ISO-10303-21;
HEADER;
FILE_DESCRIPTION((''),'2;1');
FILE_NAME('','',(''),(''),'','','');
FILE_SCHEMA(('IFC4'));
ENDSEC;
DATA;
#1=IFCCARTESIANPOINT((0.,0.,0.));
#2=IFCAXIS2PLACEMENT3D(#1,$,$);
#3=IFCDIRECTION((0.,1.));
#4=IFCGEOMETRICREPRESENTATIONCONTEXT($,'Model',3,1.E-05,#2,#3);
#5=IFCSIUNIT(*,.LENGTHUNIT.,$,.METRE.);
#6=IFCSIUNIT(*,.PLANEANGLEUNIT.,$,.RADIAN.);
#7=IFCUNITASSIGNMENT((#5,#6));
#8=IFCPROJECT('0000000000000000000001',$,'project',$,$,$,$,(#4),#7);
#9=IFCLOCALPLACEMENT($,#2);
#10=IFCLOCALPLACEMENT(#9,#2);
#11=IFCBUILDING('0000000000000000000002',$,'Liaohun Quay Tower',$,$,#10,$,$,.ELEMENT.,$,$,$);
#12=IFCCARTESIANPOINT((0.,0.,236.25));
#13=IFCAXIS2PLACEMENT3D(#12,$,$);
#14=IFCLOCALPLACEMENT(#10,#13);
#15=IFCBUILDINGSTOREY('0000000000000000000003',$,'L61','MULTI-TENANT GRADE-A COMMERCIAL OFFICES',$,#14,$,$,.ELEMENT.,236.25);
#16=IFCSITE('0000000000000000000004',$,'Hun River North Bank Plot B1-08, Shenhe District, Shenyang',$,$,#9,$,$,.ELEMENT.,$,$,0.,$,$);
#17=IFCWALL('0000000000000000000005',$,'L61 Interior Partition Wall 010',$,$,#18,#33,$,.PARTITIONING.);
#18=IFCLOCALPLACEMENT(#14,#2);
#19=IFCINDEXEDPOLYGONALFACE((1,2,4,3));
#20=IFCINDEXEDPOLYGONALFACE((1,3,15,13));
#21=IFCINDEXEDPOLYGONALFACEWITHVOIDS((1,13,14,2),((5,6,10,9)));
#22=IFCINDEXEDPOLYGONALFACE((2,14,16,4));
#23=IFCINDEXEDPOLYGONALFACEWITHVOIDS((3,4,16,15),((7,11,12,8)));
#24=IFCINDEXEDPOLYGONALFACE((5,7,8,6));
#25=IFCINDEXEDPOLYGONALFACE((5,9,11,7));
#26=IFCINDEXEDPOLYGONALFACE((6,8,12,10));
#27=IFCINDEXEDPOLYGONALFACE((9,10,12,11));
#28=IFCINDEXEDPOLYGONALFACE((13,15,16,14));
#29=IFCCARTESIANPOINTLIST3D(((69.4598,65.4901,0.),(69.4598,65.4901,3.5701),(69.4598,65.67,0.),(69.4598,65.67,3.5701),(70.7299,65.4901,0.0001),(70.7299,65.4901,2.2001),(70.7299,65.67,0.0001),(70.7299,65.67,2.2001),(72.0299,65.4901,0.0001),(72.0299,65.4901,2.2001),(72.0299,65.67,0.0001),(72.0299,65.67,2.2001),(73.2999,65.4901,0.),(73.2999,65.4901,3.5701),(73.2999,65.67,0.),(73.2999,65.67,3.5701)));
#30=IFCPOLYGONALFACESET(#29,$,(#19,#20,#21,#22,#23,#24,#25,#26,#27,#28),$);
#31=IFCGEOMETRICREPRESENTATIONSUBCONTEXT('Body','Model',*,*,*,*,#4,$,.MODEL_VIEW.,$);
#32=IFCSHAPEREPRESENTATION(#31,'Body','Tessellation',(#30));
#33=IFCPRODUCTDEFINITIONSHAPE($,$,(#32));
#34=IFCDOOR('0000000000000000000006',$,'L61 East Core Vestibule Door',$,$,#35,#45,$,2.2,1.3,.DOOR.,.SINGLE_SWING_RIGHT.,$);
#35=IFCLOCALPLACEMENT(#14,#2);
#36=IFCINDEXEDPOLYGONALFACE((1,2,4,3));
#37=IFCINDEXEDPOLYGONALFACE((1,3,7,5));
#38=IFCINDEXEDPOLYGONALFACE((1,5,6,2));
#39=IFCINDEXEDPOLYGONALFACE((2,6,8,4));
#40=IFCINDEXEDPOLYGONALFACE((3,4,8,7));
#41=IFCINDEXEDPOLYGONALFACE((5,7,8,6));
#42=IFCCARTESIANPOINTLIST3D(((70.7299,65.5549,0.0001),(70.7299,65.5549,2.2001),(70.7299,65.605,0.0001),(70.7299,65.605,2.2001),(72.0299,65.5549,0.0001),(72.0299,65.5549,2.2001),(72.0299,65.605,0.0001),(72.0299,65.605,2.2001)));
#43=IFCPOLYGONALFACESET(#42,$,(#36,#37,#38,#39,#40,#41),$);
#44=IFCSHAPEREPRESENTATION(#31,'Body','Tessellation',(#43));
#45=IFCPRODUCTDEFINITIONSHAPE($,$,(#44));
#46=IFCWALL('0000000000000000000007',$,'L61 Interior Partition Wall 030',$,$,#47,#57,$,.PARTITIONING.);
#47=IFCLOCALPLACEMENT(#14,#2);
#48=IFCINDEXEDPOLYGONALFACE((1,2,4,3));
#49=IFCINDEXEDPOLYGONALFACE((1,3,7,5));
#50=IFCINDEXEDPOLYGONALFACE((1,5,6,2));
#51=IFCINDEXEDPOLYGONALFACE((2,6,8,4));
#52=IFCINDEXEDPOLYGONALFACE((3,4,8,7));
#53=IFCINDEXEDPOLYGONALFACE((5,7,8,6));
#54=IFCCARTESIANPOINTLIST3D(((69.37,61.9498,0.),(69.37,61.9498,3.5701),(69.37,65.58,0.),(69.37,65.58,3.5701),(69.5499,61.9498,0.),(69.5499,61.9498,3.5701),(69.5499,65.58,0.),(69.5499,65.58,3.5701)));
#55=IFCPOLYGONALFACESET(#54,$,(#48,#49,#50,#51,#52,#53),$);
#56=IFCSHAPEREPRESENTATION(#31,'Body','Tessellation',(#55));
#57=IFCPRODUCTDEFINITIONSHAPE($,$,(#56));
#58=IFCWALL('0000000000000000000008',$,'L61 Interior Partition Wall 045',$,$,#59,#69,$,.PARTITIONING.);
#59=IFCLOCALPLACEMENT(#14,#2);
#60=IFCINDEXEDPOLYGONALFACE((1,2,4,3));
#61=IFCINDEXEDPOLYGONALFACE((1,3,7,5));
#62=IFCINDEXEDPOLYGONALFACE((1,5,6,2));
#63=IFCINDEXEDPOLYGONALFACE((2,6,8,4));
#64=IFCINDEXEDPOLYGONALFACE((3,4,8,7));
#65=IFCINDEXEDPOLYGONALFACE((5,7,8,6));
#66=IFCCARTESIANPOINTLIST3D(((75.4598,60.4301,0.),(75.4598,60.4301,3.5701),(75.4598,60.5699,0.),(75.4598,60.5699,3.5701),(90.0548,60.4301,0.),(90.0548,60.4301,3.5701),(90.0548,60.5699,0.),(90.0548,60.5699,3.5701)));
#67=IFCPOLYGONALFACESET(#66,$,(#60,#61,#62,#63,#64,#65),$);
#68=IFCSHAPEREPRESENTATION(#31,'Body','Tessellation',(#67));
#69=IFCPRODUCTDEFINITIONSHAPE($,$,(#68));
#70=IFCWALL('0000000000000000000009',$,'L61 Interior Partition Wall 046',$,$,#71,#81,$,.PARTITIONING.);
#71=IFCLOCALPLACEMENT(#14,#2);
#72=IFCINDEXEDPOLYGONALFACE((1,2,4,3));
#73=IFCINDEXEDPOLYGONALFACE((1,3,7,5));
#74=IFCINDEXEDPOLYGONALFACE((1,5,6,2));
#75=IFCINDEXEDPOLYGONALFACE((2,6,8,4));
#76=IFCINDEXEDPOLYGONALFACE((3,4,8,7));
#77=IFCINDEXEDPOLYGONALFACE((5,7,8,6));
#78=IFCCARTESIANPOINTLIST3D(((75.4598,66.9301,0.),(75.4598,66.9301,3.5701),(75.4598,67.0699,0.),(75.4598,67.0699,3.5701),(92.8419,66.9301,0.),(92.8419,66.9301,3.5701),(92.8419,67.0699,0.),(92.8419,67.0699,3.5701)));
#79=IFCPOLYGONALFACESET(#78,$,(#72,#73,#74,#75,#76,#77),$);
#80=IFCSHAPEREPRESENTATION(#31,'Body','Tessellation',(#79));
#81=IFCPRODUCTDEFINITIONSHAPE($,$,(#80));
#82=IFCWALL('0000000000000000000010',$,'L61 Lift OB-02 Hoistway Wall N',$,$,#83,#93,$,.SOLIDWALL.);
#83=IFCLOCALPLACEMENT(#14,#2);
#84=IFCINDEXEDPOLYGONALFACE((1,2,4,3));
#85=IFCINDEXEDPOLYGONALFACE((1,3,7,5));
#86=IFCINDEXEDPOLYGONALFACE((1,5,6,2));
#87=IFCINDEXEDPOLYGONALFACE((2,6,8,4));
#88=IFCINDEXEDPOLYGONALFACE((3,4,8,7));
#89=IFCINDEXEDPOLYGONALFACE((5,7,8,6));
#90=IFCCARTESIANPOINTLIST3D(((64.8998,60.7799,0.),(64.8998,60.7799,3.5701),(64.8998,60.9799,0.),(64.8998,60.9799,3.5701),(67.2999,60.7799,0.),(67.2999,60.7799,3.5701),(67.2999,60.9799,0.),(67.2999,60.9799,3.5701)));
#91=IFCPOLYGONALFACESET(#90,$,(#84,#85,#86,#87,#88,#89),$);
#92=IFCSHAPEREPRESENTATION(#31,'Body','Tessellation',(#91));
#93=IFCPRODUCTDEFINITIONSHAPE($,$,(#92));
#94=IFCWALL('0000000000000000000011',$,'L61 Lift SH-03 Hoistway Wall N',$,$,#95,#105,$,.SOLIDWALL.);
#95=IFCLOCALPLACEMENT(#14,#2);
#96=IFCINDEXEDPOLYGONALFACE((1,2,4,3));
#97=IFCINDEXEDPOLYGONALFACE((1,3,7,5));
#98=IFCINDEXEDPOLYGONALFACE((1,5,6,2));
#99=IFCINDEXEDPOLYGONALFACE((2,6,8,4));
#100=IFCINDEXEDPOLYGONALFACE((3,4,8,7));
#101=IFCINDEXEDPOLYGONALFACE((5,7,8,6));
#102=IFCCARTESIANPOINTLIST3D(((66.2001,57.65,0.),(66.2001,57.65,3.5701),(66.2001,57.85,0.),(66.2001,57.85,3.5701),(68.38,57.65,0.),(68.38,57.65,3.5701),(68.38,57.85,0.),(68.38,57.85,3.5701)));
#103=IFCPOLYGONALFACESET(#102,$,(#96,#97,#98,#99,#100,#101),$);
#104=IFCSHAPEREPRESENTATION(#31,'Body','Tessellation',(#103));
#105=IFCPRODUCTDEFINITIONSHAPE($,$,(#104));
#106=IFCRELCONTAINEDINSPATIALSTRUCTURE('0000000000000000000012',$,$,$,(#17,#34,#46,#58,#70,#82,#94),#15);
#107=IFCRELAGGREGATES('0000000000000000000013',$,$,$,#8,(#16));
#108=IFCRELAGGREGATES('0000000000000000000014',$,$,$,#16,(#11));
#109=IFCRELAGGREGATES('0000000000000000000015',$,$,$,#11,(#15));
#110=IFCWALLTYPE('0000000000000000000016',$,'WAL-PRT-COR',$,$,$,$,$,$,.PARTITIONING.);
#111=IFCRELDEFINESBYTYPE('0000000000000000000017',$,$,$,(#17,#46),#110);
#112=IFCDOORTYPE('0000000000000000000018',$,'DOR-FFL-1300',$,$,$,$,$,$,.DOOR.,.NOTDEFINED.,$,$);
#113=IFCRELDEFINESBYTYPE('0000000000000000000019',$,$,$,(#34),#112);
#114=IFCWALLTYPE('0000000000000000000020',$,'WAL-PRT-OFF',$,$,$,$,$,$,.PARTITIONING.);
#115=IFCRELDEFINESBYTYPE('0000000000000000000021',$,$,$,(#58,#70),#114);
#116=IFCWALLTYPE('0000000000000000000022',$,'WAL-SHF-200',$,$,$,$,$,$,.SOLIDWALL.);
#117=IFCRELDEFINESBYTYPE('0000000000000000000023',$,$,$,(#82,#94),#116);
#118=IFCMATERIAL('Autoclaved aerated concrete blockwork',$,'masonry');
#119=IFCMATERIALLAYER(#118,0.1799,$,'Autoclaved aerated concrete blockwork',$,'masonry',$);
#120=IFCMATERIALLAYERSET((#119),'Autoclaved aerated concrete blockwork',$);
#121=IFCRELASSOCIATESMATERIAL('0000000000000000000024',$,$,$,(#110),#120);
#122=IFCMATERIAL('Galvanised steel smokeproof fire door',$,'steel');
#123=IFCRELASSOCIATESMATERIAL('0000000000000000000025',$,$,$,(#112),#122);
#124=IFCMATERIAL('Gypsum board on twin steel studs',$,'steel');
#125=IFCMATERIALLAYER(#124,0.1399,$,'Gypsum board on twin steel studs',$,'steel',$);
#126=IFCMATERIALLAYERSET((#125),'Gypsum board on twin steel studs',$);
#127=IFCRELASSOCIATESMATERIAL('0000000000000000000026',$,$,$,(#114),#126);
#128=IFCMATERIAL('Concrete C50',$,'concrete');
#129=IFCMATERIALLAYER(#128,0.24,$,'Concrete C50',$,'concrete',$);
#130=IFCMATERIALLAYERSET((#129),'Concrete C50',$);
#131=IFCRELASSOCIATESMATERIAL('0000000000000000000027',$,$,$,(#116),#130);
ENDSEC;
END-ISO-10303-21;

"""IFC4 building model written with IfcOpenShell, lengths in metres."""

from ifc_helpers import new_model, si_unit, direction, frame, frame_2d, origin, place, context, subcontext, project, spatial, rectangle, extrude, source, transform, mapped, material, layer, layer_set, type_object, element, fill, save


model = new_model("IFC4")

# Units and contexts
model_context = context("Model", 3, precision=1e-05, world=origin(), true_north=direction((0.0, 1.0)))
body_context = subcontext(model_context, "Body", "Model", "MODEL_VIEW")
ifc_project = project(units=[si_unit("LENGTHUNIT", "METRE"), si_unit("PLANEANGLEUNIT", "RADIAN")], contexts=[model_context])

# Site, building, storey
site_placement = place(None, origin())
site = spatial("IfcSite", under=ifc_project, at=site_placement, Name="Hun River North Bank Plot B1-08, Shenhe District, Shenyang", CompositionType="ELEMENT", RefElevation=0.0)
building_placement = place(site_placement, origin())
building = spatial("IfcBuilding", under=site, at=building_placement, Name="Liaohun Quay Tower", CompositionType="ELEMENT")
storey_placement = place(building_placement, frame((0.0, 0.0, 236.25)))
storey = spatial("IfcBuildingStorey", under=building, at=storey_placement, Name="L61", Description="MULTI-TENANT GRADE-A COMMERCIAL OFFICES", CompositionType="ELEMENT", Elevation=236.25)

# Wall, opening, door
ifc_material_1 = material(Name="Autoclaved aerated concrete blockwork", Category="masonry")
ifc_layer_1 = layer(ifc_material_1, 0.1799, Name="Autoclaved aerated concrete blockwork", Category="masonry")
ifc_layer_set_1 = layer_set([ifc_layer_1], Name="Autoclaved aerated concrete blockwork")
wall_type_1 = type_object("IfcWallType", Name="WAL-PRT-COR", PredefinedType="PARTITIONING", material=ifc_layer_set_1)
wall_1_placement = place(storey_placement, frame((69.46, 65.5801, 0.0), z_axis=(0.0, 0.0, 1.0), x_axis=(1.0, 0.0, 0.0)))
wall_1 = element("IfcWall", 1, at=wall_1_placement, inside=storey, type_object=wall_type_1, Name="L61 Interior Partition Wall 010", PredefinedType="PARTITIONING", context=body_context, shape_type="SweptSolid", body=[
    extrude(rectangle(XDim=3.8401, YDim=0.1799, at=frame_2d((1.9199, 0.0))), origin(), (0.0, 0.0, 1.0), 3.5701),
])
shared_shape_1 = source(origin(), body_context, "Body", "SweptSolid", [
    extrude(rectangle(XDim=1.3, YDim=2.2, at=frame_2d((0.6499, 1.1001))), frame((0.0, 0.0999, 0.0), z_axis=(0.0, -1.0, 0.0), x_axis=(1.0, 0.0, 0.0)), (0.0, 0.0, 1.0), 0.2),
])
opening_1_placement = place(wall_1_placement, frame((1.27, 0.0, 0.0)))
opening_1 = element("IfcOpeningElement", 2, at=opening_1_placement, cuts=wall_1, PredefinedType="OPENING", context=body_context, shape_type="MappedRepresentation", body=[
    mapped(shared_shape_1, transform((0.0, 0.0, 0.0), x_axis=(1.0, 0.0, 0.0), y_axis=(0.0, 1.0, 0.0), z_axis=(0.0, 0.0, 1.0), scale=1.0)),
])
ifc_material_2 = material(Name="Galvanised steel smokeproof fire door", Category="steel")
door_type_1 = type_object("IfcDoorType", Name="DOR-FFL-1300", OperationType="NOTDEFINED", PredefinedType="DOOR", material=ifc_material_2)
shared_shape_2 = source(origin(), body_context, "Body", "SweptSolid", [
    extrude(rectangle(XDim=1.3, YDim=2.2, at=frame_2d((0.6499, 1.1001))), frame((0.0, 0.0249, 0.0), z_axis=(0.0, -1.0, 0.0), x_axis=(1.0, 0.0, 0.0)), (0.0, 0.0, 1.0), 0.05),
])
door_1_placement = place(opening_1_placement, origin())
door_1 = element("IfcDoor", 3, at=door_1_placement, inside=storey, type_object=door_type_1, Name="L61 East Core Vestibule Door", OperationType="SINGLE_SWING_RIGHT", OverallHeight=2.2, OverallWidth=1.3, PredefinedType="DOOR", context=body_context, shape_type="MappedRepresentation", body=[
    mapped(shared_shape_2, transform((0.0, 0.0, 0.0), x_axis=(1.0, 0.0, 0.0), y_axis=(0.0, 1.0, 0.0), z_axis=(0.0, 0.0, 1.0), scale=1.0)),
])
fill(opening_1, door_1)

# Walls
wall_2_placement = place(storey_placement, frame((69.46, 61.95, 0.0), z_axis=(0.0, 0.0, 1.0), x_axis=(0.0, 1.0, 0.0)))
element("IfcWall", 4, at=wall_2_placement, inside=storey, type_object=wall_type_1, Name="L61 Interior Partition Wall 030", PredefinedType="PARTITIONING", context=body_context, shape_type="SweptSolid", body=[
    extrude(rectangle(XDim=3.6301, YDim=0.1799, at=frame_2d((1.8149, 0.0))), origin(), (0.0, 0.0, 1.0), 3.5701),
])
ifc_material_3 = material(Name="Gypsum board on twin steel studs", Category="steel")
ifc_layer_2 = layer(ifc_material_3, 0.1399, Name="Gypsum board on twin steel studs", Category="steel")
ifc_layer_set_2 = layer_set([ifc_layer_2], Name="Gypsum board on twin steel studs")
wall_type_2 = type_object("IfcWallType", Name="WAL-PRT-OFF", PredefinedType="PARTITIONING", material=ifc_layer_set_2)
wall_3_placement = place(storey_placement, frame((75.46, 60.5, 0.0), z_axis=(0.0, 0.0, 1.0), x_axis=(1.0, 0.0, 0.0)))
element("IfcWall", 5, at=wall_3_placement, inside=storey, type_object=wall_type_2, Name="L61 Interior Partition Wall 045", PredefinedType="PARTITIONING", context=body_context, shape_type="SweptSolid", body=[
    extrude(rectangle(XDim=14.595, YDim=0.1399, at=frame_2d((7.2974, 0.0))), origin(), (0.0, 0.0, 1.0), 3.5701),
])
wall_4_placement = place(storey_placement, frame((75.46, 67.0, 0.0), z_axis=(0.0, 0.0, 1.0), x_axis=(1.0, 0.0, 0.0)))
element("IfcWall", 6, at=wall_4_placement, inside=storey, type_object=wall_type_2, Name="L61 Interior Partition Wall 046", PredefinedType="PARTITIONING", context=body_context, shape_type="SweptSolid", body=[
    extrude(rectangle(XDim=17.3821, YDim=0.1399, at=frame_2d((8.6909, 0.0))), origin(), (0.0, 0.0, 1.0), 3.5701),
])
ifc_material_4 = material(Name="Concrete C50", Category="concrete")
ifc_layer_3 = layer(ifc_material_4, 0.24, Name="Concrete C50", Category="concrete")
ifc_layer_set_3 = layer_set([ifc_layer_3], Name="Concrete C50")
wall_type_3 = type_object("IfcWallType", Name="WAL-SHF-200", PredefinedType="SOLIDWALL", material=ifc_layer_set_3)
wall_5_placement = place(storey_placement, frame((67.3, 60.8799, 0.0), z_axis=(0.0, 0.0, 1.0), x_axis=(-1.0, 0.0, 0.0)))
element("IfcWall", 7, at=wall_5_placement, inside=storey, type_object=wall_type_3, Name="L61 Lift OB-02 Hoistway Wall N", PredefinedType="SOLIDWALL", context=body_context, shape_type="SweptSolid", body=[
    extrude(rectangle(XDim=2.4001, YDim=0.2, at=frame_2d((1.2002, 0.0))), origin(), (0.0, 0.0, 1.0), 3.5701),
])
wall_6_placement = place(storey_placement, frame((68.3799, 57.75, 0.0), z_axis=(0.0, 0.0, 1.0), x_axis=(-1.0, 0.0, 0.0)))
element("IfcWall", 8, at=wall_6_placement, inside=storey, type_object=wall_type_3, Name="L61 Lift SH-03 Hoistway Wall N", PredefinedType="SOLIDWALL", context=body_context, shape_type="SweptSolid", body=[
    extrude(rectangle(XDim=2.1799, YDim=0.2, at=frame_2d((1.0898, 0.0))), origin(), (0.0, 0.0, 1.0), 3.5701),
])

save(model, "model.ifc")
